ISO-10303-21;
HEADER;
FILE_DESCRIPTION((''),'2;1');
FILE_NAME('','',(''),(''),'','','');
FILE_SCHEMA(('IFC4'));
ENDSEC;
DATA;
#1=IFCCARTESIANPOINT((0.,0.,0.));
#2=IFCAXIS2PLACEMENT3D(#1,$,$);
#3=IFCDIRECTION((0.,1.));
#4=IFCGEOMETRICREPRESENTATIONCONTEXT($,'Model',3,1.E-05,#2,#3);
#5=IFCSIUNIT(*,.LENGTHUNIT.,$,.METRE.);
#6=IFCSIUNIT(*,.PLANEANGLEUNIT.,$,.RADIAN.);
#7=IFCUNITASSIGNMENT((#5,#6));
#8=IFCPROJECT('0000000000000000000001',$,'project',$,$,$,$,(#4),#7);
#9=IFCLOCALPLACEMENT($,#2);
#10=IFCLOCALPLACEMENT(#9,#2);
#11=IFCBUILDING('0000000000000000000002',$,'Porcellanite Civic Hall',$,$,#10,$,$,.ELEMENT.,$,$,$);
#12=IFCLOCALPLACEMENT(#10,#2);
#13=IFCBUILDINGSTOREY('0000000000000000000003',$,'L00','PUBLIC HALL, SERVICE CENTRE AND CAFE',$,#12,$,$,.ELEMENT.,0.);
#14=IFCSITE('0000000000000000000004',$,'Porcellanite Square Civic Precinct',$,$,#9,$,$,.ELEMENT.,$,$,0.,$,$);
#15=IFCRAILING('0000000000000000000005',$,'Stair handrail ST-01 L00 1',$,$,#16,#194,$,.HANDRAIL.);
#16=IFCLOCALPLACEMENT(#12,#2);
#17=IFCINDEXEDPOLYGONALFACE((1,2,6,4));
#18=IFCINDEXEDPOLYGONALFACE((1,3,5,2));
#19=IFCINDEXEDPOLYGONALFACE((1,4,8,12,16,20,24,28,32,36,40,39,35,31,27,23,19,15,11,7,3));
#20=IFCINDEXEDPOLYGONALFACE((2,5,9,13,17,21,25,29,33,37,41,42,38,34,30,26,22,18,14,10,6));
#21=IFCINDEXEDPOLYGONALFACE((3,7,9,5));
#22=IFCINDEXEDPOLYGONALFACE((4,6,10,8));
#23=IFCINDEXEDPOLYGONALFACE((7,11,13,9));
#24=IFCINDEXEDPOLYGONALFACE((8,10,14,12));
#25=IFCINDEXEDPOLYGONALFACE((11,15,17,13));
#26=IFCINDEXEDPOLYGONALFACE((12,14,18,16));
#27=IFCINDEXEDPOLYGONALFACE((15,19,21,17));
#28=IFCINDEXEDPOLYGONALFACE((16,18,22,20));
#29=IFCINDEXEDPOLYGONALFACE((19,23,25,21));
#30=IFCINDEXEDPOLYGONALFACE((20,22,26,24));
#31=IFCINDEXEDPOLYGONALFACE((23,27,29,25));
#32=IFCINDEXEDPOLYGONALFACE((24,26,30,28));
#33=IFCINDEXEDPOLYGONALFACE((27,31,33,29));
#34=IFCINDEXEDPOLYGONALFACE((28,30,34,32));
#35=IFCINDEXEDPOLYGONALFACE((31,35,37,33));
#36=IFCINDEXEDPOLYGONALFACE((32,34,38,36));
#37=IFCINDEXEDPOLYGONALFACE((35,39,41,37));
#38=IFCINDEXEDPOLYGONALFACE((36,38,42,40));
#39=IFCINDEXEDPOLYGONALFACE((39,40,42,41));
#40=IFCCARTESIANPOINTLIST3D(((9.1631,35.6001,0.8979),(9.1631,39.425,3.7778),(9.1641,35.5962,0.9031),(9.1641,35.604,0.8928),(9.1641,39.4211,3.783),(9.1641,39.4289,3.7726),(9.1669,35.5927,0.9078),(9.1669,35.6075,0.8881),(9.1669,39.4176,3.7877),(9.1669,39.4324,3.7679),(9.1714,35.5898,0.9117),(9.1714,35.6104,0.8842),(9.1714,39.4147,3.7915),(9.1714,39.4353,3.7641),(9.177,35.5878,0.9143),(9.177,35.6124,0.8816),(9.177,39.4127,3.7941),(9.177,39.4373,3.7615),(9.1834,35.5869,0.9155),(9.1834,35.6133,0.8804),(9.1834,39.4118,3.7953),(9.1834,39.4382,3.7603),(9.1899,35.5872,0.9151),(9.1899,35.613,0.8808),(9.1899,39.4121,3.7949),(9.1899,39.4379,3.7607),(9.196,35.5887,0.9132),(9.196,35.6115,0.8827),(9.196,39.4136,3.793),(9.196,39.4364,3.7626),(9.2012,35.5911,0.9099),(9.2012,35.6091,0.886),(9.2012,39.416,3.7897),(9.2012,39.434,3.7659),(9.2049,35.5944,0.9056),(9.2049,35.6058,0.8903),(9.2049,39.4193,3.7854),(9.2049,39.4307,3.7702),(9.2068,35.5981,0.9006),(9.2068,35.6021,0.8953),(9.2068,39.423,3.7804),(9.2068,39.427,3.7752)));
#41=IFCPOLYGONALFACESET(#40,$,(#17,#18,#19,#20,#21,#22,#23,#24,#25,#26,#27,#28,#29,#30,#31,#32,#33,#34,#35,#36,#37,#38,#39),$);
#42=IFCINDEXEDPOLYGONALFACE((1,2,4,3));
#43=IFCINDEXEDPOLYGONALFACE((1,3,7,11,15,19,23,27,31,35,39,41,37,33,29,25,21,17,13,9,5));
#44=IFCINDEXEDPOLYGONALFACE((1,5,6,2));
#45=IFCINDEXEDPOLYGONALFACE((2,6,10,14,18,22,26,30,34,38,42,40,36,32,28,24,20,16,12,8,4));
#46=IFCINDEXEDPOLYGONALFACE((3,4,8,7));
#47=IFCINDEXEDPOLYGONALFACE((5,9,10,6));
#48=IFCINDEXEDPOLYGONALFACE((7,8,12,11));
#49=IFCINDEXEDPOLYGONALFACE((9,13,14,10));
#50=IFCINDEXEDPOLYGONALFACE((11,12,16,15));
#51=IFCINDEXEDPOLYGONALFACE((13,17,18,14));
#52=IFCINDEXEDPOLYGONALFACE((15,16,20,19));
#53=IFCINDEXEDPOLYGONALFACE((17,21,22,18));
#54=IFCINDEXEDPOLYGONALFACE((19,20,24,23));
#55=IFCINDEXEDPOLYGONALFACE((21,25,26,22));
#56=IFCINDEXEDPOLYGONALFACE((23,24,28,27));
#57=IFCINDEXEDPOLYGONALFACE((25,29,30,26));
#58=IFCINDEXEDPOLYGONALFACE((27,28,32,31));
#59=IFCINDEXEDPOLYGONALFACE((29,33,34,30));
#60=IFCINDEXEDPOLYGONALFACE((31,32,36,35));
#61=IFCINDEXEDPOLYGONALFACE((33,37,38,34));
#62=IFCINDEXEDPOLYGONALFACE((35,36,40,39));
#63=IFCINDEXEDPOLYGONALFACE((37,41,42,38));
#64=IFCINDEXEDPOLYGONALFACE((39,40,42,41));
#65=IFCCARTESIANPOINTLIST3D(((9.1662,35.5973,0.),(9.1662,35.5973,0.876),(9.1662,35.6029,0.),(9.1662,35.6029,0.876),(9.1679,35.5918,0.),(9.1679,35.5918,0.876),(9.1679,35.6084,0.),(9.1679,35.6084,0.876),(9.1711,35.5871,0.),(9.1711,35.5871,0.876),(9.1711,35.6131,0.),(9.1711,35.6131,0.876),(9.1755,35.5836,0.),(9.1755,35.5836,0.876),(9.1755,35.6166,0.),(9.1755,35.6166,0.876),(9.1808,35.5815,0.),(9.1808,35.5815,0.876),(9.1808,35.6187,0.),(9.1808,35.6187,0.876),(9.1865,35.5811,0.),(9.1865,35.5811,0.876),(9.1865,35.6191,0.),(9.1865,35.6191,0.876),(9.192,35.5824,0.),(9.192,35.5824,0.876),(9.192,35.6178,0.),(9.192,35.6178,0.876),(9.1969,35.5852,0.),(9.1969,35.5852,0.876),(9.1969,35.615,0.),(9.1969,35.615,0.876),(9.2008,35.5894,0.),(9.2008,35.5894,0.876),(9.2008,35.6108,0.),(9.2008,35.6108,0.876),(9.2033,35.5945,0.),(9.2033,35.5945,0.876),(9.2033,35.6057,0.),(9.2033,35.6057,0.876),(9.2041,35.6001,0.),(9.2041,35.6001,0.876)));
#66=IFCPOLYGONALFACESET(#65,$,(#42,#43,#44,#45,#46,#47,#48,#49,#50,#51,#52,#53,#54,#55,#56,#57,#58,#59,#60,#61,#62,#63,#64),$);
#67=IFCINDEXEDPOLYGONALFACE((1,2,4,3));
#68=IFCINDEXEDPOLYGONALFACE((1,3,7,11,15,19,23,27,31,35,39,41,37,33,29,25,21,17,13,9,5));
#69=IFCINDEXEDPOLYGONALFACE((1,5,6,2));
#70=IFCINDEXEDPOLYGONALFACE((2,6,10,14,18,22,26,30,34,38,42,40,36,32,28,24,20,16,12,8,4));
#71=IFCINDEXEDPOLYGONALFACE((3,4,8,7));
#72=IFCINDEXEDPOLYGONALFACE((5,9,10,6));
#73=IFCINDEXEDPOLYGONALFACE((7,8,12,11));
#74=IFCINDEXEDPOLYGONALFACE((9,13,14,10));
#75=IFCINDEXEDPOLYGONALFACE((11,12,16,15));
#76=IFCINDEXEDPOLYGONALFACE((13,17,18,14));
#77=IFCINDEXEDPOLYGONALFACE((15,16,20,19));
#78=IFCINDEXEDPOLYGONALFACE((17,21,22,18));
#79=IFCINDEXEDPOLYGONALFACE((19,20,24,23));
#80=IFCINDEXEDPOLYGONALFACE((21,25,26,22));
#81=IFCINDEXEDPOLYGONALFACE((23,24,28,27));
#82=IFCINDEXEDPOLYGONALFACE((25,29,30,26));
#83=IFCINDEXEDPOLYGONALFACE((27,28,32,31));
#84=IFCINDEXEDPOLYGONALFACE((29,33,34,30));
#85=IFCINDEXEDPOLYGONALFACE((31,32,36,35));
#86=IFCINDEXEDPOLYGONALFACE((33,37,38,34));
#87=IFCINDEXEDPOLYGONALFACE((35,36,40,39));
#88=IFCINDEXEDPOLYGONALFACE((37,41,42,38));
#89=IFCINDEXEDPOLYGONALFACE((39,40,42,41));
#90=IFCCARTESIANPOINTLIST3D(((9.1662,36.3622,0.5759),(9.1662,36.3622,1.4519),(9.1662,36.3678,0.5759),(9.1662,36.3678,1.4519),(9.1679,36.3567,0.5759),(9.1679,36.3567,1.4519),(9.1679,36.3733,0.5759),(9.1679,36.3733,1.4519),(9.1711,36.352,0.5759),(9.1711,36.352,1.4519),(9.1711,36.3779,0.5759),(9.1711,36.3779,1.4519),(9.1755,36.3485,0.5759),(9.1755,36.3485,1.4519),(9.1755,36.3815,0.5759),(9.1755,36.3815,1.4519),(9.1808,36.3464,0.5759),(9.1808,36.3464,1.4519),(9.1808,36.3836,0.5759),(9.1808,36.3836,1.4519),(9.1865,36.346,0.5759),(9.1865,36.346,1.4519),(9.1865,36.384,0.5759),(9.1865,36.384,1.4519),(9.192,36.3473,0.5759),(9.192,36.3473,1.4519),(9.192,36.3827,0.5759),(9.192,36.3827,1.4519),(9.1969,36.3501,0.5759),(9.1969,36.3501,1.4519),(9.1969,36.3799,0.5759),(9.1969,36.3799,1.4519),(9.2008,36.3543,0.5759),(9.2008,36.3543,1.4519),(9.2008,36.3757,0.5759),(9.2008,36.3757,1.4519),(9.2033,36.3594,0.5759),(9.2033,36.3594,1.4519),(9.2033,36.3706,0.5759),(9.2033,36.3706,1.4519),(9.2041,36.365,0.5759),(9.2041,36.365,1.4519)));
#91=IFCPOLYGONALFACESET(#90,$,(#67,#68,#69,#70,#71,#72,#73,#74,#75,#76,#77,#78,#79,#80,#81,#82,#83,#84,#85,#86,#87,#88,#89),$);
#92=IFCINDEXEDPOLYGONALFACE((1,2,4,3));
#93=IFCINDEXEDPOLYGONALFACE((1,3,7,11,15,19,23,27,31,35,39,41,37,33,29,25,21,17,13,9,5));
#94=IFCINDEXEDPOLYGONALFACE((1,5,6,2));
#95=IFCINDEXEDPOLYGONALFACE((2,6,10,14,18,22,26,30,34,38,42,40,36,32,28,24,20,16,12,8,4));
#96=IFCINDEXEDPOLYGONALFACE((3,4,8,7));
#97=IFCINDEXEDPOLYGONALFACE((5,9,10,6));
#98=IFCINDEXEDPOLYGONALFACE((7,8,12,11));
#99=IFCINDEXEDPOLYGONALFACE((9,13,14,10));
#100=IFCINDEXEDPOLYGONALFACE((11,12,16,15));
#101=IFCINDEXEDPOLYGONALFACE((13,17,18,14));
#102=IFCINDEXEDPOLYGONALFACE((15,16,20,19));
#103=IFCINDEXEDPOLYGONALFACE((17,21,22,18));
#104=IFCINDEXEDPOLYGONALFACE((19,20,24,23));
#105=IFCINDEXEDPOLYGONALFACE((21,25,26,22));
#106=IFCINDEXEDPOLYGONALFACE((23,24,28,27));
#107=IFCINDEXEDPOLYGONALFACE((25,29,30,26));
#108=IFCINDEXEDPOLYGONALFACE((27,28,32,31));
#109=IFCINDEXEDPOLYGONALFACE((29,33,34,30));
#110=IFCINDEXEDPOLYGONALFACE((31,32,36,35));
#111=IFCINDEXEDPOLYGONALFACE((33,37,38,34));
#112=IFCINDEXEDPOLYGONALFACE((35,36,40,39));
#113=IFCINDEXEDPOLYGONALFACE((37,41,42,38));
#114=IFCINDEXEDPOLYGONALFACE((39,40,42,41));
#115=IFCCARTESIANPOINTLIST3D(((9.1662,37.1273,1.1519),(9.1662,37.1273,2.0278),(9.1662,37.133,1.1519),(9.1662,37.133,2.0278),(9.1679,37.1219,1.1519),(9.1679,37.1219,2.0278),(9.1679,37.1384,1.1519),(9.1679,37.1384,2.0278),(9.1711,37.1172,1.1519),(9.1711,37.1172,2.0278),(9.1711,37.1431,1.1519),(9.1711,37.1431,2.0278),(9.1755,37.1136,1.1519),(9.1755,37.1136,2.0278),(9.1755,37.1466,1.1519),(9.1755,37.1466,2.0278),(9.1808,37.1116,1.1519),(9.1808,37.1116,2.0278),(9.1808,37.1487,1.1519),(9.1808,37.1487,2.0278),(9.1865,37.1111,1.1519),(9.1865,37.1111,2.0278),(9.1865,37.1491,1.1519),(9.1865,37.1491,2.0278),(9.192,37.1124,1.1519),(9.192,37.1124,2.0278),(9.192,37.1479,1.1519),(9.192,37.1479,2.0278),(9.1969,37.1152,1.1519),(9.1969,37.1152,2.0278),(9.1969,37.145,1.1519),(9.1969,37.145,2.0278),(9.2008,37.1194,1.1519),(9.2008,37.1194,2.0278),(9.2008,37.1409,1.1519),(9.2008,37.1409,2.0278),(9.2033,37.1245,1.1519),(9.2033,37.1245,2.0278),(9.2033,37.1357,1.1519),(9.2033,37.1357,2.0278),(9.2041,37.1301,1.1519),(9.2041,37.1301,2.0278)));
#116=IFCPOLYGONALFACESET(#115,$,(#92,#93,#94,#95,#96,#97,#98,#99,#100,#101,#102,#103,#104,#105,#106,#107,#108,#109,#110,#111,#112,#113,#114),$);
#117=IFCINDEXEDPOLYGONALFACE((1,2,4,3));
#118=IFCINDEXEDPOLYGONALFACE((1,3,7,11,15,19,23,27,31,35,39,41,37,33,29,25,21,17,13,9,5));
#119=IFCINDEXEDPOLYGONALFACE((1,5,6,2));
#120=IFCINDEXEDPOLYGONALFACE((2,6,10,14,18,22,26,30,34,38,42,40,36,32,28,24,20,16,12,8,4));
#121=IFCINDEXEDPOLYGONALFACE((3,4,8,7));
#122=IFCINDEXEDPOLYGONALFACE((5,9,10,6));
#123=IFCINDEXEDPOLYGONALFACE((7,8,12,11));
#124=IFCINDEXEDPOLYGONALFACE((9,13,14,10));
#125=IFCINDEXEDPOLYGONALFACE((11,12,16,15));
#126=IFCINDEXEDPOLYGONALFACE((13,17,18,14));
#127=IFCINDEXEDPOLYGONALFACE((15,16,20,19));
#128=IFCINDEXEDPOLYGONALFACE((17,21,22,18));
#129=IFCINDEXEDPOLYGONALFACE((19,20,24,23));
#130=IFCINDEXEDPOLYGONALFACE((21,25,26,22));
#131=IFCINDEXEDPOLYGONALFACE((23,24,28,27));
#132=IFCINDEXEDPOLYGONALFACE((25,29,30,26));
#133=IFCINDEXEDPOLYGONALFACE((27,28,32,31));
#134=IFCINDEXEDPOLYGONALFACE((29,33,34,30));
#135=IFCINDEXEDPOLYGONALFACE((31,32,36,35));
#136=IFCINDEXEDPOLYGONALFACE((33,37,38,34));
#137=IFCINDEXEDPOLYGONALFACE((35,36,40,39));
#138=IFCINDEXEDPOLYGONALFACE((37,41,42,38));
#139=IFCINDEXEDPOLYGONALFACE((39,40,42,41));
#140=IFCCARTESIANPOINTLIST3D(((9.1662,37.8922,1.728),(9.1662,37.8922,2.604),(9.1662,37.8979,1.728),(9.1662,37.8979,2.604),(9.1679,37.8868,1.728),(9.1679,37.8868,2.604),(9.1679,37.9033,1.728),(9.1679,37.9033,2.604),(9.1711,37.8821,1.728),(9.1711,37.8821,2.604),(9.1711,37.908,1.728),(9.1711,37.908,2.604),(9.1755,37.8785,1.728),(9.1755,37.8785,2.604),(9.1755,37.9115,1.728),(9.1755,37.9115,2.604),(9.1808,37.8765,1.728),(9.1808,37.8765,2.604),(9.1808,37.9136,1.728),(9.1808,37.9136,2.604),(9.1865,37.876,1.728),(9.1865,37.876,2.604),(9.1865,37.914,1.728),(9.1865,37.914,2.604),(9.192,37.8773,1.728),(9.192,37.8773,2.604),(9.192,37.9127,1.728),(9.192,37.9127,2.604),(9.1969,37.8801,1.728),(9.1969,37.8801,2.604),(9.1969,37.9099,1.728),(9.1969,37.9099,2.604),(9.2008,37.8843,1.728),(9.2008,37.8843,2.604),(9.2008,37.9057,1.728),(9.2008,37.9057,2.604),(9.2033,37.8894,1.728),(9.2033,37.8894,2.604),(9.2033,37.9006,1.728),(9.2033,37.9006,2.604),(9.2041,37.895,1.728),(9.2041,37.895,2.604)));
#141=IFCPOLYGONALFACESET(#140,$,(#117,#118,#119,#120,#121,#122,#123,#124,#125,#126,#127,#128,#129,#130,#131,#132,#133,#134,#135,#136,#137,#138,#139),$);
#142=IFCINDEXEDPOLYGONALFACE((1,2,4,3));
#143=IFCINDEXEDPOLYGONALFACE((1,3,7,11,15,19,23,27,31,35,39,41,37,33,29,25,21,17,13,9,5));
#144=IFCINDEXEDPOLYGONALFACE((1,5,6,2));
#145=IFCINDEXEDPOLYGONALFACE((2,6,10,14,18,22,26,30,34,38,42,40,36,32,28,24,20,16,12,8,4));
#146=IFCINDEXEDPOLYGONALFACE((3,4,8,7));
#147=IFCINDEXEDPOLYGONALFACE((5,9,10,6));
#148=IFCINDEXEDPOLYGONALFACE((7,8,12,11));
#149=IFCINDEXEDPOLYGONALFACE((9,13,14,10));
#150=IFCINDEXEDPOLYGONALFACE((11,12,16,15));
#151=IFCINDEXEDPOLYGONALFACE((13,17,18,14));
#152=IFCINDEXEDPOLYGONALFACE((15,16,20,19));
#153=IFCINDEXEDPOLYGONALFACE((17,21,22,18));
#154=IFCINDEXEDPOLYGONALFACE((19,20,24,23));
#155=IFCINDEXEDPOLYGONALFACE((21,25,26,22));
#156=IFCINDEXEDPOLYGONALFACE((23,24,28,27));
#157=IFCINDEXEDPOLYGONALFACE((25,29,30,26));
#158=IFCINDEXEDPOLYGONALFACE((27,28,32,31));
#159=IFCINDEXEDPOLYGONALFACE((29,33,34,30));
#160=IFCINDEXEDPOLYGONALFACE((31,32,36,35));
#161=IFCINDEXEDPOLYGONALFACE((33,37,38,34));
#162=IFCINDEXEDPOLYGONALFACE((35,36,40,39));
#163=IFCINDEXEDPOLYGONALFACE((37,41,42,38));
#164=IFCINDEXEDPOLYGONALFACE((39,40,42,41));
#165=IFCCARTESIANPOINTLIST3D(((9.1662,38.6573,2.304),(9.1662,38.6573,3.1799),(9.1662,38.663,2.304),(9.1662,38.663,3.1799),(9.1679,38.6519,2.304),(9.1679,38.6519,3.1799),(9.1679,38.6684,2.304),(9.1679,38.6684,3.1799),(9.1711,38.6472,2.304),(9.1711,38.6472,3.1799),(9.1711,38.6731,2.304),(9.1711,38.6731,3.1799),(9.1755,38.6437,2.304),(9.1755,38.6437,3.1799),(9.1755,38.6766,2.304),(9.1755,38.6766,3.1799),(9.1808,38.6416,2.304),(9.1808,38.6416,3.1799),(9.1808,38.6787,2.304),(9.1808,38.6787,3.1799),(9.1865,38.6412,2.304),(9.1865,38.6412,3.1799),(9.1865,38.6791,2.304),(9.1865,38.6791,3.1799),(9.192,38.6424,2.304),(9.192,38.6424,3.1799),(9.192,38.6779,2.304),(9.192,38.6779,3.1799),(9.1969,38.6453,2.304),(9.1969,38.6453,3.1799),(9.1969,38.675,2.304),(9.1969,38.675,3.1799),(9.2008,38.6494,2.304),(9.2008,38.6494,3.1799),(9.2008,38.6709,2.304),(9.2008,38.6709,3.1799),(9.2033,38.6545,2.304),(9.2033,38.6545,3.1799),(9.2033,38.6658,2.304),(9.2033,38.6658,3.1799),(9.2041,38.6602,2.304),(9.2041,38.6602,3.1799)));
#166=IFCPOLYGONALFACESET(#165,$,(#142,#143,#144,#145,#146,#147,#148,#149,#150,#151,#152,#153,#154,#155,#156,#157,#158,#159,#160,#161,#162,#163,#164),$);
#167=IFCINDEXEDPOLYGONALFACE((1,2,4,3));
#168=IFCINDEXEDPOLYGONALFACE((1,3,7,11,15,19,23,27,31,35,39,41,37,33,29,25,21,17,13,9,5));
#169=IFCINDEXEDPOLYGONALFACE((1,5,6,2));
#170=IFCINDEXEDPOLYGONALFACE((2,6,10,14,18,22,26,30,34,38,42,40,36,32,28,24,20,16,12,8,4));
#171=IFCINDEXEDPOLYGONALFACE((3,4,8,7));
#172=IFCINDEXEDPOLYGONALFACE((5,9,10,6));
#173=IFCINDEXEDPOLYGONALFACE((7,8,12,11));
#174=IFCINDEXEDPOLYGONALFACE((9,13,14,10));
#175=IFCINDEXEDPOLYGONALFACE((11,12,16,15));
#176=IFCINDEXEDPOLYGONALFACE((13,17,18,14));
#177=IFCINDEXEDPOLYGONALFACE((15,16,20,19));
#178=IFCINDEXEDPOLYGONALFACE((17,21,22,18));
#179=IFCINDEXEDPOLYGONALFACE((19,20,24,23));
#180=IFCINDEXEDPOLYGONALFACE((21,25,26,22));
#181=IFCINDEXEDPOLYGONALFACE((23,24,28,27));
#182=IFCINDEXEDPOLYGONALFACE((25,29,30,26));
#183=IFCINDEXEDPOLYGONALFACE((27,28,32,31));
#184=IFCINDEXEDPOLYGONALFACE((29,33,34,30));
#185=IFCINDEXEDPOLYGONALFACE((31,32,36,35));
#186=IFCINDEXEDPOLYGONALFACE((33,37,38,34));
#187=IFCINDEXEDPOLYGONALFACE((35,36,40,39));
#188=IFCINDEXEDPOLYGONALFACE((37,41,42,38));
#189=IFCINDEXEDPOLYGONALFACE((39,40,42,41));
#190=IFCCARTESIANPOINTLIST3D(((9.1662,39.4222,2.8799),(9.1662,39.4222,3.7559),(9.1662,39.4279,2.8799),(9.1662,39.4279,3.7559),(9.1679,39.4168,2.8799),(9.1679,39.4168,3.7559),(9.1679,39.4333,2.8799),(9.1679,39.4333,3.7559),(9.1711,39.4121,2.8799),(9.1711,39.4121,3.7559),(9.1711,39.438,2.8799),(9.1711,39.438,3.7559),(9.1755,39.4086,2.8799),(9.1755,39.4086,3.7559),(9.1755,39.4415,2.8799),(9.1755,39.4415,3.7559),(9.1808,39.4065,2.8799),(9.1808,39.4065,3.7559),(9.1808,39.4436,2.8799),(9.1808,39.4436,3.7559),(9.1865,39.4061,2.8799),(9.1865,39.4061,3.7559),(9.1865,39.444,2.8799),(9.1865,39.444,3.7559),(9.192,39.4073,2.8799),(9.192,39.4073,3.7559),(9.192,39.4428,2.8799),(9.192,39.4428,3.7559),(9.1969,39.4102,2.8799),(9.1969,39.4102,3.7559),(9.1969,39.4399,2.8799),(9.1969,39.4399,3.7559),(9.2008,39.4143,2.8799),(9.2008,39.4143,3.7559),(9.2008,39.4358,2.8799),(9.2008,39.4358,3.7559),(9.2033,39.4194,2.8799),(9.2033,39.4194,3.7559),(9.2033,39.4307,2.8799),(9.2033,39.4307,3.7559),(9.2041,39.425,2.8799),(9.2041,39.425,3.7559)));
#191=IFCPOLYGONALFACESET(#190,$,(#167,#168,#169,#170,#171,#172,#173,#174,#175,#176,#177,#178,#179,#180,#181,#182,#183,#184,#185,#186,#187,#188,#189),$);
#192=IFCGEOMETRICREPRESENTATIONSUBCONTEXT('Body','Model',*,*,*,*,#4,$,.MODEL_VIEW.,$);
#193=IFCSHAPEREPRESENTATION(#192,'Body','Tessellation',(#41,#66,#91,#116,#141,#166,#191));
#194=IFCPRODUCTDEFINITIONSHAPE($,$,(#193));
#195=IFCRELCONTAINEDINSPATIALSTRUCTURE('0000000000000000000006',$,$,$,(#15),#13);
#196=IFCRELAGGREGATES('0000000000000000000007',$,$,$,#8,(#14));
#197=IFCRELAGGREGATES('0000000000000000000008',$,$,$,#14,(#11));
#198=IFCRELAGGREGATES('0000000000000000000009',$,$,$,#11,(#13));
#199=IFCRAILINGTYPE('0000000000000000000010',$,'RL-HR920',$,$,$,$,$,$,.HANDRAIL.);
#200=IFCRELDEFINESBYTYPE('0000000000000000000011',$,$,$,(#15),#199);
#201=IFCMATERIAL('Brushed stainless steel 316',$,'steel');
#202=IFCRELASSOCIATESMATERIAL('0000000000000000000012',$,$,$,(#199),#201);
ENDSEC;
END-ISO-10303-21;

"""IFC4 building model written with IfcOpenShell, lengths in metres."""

from ifc_helpers import new_model, si_unit, direction, frame, origin, origin_2d, place, context, subcontext, project, spatial, circle, extrude, material, type_object, element, save


model = new_model("IFC4")

# Units and contexts
model_context = context("Model", 3, precision=1e-05, world=origin(), true_north=direction((0.0, 1.0)))
body_context = subcontext(model_context, "Body", "Model", "MODEL_VIEW")
ifc_project = project(units=[si_unit("LENGTHUNIT", "METRE"), si_unit("PLANEANGLEUNIT", "RADIAN")], contexts=[model_context])

# Site, building, storey
site_placement = place(None, origin())
site = spatial("IfcSite", under=ifc_project, at=site_placement, Name="Porcellanite Square Civic Precinct", CompositionType="ELEMENT", RefElevation=0.0)
building_placement = place(site_placement, origin())
building = spatial("IfcBuilding", under=site, at=building_placement, Name="Porcellanite Civic Hall", CompositionType="ELEMENT")
storey_placement = place(building_placement, origin())
storey = spatial("IfcBuildingStorey", under=building, at=storey_placement, Name="L00", Description="PUBLIC HALL, SERVICE CENTRE AND CAFE", CompositionType="ELEMENT", Elevation=0.0)

# Railing
ifc_material_1 = material(Name="Brushed stainless steel 316", Category="steel")
railing_type_1 = type_object("IfcRailingType", Name="RL-HR920", PredefinedType="HANDRAIL", material=ifc_material_1)
railing_1_placement = place(storey_placement, frame((9.1851, 35.6001, 0.0)))
element("IfcRailing", 1, at=railing_1_placement, inside=storey, type_object=railing_type_1, Name="Stair handrail ST-01 L00 1", PredefinedType="HANDRAIL", context=body_context, shape_type="SweptSolid", body=[
    extrude(circle(Radius=0.022, at=origin_2d()), frame((0.0, 0.0, 0.8979), z_axis=(0.0, 0.798879, 0.601492), x_axis=(-1.0, 0.0, 0.0)), (0.0, 0.0, 1.0), 4.7878),
    extrude(circle(Radius=0.019, at=origin_2d()), origin(), (0.0, 0.0, 1.0), 0.876),
    extrude(circle(Radius=0.019, at=origin_2d()), frame((0.0, 0.7649, 0.5759)), (0.0, 0.0, 1.0), 0.876),
    extrude(circle(Radius=0.019, at=origin_2d()), frame((0.0, 1.53, 1.1519)), (0.0, 0.0, 1.0), 0.876),
    extrude(circle(Radius=0.019, at=origin_2d()), frame((0.0, 2.2949, 1.728)), (0.0, 0.0, 1.0), 0.876),
    extrude(circle(Radius=0.019, at=origin_2d()), frame((0.0, 3.0601, 2.304)), (0.0, 0.0, 1.0), 0.876),
    extrude(circle(Radius=0.019, at=origin_2d()), frame((0.0, 3.825, 2.8799)), (0.0, 0.0, 1.0), 0.876),
])

save(model, "model.ifc")
